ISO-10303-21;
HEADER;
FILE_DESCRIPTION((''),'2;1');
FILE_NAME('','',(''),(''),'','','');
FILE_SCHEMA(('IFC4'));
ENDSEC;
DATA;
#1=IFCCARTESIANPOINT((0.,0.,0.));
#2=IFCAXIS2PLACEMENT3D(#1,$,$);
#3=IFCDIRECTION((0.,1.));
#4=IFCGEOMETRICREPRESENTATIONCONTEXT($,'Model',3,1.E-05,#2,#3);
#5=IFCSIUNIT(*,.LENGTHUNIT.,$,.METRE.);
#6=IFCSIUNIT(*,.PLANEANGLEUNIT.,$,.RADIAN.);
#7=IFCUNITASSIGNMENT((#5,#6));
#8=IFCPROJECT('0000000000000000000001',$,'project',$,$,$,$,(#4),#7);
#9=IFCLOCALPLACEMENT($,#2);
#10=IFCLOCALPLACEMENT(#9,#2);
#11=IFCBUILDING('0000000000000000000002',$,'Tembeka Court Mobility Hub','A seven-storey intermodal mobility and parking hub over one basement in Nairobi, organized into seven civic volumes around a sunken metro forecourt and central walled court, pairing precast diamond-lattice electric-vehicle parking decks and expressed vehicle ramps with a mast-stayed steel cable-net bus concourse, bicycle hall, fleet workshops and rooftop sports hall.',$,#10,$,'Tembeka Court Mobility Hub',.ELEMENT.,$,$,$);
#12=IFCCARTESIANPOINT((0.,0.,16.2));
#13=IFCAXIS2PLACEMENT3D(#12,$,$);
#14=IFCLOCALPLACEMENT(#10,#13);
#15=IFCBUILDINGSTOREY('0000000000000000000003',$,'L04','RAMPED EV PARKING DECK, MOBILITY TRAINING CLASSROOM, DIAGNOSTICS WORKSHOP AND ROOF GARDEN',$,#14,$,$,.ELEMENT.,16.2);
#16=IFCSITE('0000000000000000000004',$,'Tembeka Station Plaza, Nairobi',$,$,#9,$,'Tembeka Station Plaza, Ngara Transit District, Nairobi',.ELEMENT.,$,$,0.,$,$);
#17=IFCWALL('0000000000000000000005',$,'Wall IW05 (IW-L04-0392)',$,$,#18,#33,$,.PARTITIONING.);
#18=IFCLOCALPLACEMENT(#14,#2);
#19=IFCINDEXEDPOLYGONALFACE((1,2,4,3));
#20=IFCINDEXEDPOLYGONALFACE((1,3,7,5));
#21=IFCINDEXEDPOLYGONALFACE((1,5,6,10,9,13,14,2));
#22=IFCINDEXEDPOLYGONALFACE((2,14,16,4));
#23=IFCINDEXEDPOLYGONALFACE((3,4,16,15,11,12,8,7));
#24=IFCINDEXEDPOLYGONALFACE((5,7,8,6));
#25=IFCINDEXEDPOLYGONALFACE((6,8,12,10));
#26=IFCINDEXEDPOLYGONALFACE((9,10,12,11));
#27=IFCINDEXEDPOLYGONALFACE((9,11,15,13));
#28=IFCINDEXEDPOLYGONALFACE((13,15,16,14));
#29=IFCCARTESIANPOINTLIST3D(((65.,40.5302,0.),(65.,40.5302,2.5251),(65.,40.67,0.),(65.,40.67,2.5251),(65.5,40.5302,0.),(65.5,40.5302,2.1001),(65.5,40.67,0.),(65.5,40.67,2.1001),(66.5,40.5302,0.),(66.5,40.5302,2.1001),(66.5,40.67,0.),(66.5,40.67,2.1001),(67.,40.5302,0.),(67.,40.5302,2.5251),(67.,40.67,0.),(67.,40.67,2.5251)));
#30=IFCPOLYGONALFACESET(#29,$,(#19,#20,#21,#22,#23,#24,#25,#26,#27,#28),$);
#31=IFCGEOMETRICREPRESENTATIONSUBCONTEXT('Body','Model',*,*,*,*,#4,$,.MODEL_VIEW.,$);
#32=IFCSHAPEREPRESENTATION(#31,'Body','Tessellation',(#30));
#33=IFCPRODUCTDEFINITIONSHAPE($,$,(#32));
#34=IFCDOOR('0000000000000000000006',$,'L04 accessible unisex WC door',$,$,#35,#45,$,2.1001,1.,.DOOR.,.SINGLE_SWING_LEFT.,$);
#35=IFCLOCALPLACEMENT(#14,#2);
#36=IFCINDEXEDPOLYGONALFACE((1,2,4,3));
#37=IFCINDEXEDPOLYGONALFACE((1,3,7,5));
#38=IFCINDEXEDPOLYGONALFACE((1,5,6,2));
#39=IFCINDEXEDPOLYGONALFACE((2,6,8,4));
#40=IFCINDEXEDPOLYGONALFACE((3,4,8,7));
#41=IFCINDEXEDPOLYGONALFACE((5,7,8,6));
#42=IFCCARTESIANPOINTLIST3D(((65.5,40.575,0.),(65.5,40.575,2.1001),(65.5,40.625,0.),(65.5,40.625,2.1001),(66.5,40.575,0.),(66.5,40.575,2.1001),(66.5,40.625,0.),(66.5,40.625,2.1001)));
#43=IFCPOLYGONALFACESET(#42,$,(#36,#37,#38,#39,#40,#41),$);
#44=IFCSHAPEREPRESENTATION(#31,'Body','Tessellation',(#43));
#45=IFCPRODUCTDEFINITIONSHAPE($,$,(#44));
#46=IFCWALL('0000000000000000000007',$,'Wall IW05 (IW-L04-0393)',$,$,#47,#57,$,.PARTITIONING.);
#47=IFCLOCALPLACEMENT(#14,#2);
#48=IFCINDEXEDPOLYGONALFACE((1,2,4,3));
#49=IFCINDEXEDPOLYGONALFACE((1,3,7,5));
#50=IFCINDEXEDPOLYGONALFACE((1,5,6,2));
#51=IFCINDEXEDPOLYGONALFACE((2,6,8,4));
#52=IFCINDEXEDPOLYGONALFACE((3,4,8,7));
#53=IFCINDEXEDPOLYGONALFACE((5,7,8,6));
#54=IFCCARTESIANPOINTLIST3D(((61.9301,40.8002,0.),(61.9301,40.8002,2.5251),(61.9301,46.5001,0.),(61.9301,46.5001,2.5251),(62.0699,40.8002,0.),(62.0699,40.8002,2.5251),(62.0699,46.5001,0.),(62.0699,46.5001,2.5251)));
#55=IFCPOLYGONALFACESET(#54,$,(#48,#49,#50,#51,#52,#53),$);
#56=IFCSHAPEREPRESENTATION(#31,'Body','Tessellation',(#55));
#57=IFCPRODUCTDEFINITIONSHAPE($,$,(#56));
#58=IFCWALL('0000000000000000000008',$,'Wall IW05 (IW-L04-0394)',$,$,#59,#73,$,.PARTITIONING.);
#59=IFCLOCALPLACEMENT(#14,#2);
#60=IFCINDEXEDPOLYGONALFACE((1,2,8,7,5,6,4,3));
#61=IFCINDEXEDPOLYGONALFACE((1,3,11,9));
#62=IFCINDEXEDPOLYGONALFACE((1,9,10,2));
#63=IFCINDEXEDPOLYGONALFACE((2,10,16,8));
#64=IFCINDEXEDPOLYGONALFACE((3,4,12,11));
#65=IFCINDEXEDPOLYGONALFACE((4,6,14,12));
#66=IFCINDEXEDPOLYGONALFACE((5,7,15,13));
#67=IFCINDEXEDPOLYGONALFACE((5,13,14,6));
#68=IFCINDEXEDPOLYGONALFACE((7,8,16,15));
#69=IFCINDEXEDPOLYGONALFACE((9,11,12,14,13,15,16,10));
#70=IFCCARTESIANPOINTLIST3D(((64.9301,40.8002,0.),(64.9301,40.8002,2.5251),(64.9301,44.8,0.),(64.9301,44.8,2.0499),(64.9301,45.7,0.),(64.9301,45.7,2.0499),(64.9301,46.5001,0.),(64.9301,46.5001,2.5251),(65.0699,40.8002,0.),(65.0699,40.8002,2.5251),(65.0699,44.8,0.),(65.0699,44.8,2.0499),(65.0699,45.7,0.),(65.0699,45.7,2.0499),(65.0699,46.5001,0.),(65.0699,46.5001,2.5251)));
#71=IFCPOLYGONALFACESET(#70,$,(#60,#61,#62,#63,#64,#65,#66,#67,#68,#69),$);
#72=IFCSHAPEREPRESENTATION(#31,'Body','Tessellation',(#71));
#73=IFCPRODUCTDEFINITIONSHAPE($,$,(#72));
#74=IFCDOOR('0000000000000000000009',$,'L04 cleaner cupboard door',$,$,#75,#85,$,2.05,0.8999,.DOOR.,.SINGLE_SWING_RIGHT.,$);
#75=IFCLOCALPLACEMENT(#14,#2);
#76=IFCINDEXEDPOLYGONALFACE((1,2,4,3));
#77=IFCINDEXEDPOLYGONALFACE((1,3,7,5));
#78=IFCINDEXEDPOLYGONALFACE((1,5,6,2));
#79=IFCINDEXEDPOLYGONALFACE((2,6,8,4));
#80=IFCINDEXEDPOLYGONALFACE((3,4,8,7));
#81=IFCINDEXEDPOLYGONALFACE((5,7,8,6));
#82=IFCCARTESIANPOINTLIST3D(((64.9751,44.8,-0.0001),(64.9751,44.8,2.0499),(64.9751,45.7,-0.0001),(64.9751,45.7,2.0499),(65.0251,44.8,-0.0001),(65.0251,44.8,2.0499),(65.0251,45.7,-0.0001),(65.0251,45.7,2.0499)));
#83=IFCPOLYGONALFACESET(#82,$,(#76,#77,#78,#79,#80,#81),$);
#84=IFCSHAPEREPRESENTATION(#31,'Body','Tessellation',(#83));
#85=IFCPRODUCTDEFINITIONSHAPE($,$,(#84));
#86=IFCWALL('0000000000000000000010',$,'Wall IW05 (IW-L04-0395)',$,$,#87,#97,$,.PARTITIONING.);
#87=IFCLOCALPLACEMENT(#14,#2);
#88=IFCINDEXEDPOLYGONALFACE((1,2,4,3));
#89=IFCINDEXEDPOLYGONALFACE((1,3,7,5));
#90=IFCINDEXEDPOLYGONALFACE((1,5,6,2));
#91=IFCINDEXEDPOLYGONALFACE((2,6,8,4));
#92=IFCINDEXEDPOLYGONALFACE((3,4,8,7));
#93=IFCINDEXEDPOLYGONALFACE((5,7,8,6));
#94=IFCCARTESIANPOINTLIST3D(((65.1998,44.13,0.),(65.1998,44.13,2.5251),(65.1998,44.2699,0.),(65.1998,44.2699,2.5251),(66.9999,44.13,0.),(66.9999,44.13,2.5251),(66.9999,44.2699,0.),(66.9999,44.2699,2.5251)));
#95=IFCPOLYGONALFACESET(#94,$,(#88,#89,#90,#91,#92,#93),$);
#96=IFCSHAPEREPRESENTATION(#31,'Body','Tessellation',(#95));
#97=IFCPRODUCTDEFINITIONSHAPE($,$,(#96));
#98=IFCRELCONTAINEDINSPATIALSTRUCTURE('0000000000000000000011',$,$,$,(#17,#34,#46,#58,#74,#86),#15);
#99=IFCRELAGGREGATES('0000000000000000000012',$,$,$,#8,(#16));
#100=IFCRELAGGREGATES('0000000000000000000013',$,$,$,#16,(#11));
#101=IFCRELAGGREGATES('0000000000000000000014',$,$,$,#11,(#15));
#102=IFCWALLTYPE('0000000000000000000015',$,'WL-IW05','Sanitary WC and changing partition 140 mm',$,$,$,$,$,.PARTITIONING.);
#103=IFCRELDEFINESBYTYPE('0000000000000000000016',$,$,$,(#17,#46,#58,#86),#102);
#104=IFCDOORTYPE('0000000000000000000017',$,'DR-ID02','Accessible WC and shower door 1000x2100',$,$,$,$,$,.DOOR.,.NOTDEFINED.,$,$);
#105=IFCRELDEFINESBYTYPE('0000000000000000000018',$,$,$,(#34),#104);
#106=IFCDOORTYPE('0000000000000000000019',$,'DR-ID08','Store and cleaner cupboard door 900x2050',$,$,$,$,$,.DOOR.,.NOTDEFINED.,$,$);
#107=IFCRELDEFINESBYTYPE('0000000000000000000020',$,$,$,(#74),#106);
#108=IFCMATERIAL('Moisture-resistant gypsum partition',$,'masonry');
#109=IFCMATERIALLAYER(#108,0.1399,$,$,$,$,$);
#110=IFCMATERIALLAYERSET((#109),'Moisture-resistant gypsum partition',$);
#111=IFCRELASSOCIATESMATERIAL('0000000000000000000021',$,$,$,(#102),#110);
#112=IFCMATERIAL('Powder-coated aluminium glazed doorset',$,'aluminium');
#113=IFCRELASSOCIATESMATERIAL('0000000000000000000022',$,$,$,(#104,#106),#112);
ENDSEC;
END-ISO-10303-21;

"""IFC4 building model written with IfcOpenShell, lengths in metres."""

from ifc_helpers import new_model, si_unit, direction, frame, frame_2d, origin, place, context, subcontext, project, spatial, rectangle, extrude, material, layer, layer_set, type_object, element, fill, save


model = new_model("IFC4")

# Units and contexts
model_context = context("Model", 3, precision=1e-05, world=origin(), true_north=direction((0.0, 1.0)))
body_context = subcontext(model_context, "Body", "Model", "MODEL_VIEW")
ifc_project = project(units=[si_unit("LENGTHUNIT", "METRE"), si_unit("PLANEANGLEUNIT", "RADIAN")], contexts=[model_context])

# Site, building, storey
site_placement = place(None, origin())
site = spatial("IfcSite", under=ifc_project, at=site_placement, Name="Tembeka Station Plaza, Nairobi", LongName="Tembeka Station Plaza, Ngara Transit District, Nairobi", CompositionType="ELEMENT", RefElevation=0.0)
building_placement = place(site_placement, origin())
building = spatial("IfcBuilding", under=site, at=building_placement, Name="Tembeka Court Mobility Hub", Description="A seven-storey intermodal mobility and parking hub over one basement in Nairobi, organized into seven civic volumes around a sunken metro forecourt and central walled court, pairing precast diamond-lattice electric-vehicle parking decks and expressed vehicle ramps with a mast-stayed steel cable-net bus concourse, bicycle hall, fleet workshops and rooftop sports hall.", LongName="Tembeka Court Mobility Hub", CompositionType="ELEMENT")
storey_placement = place(building_placement, frame((0.0, 0.0, 16.2)))
storey = spatial("IfcBuildingStorey", under=building, at=storey_placement, Name="L04", Description="RAMPED EV PARKING DECK, MOBILITY TRAINING CLASSROOM, DIAGNOSTICS WORKSHOP AND ROOF GARDEN", CompositionType="ELEMENT", Elevation=16.2)

# Wall, opening, door
ifc_material_1 = material(Name="Moisture-resistant gypsum partition", Category="masonry")
ifc_layer_1 = layer(ifc_material_1, 0.1399)
ifc_layer_set_1 = layer_set([ifc_layer_1], Name="Moisture-resistant gypsum partition")
wall_type_1 = type_object("IfcWallType", Name="WL-IW05", Description="Sanitary WC and changing partition 140 mm", PredefinedType="PARTITIONING", material=ifc_layer_set_1)
ifc_material_2 = material(Name="Powder-coated aluminium glazed doorset", Category="aluminium")
door_type_1 = type_object("IfcDoorType", Name="DR-ID02", Description="Accessible WC and shower door 1000x2100", OperationType="NOTDEFINED", PredefinedType="DOOR", material=ifc_material_2)
wall_1_placement = place(storey_placement, frame((65.0, 40.6001, 0.0), z_axis=(0.0, 0.0, 1.0), x_axis=(1.0, 0.0, 0.0)))
wall_1 = element("IfcWall", 1, at=wall_1_placement, inside=storey, type_object=wall_type_1, Name="Wall IW05 (IW-L04-0392)", PredefinedType="PARTITIONING", context=body_context, shape_type="SweptSolid", body=[
    extrude(rectangle(XDim=2.0, YDim=0.1399, at=frame_2d((1.0, 0.0))), origin(), (0.0, 0.0, 1.0), 2.5251),
])
opening_1_placement = place(wall_1_placement, frame((0.5, 0.0, 0.0)))
opening_1 = element("IfcOpeningElement", 2, at=opening_1_placement, cuts=wall_1, PredefinedType="OPENING", context=body_context, shape_type="SweptSolid", body=[
    extrude(rectangle(XDim=1.0, YDim=2.1001, at=frame_2d((0.5, 1.05))), frame((0.0, 0.0801, 0.0), z_axis=(0.0, -1.0, 0.0), x_axis=(1.0, 0.0, 0.0)), (0.0, 0.0, 1.0), 0.1599),
])
door_1_placement = place(opening_1_placement, origin())
door_1 = element("IfcDoor", 3, at=door_1_placement, inside=storey, type_object=door_type_1, Name="L04 accessible unisex WC door", OperationType="SINGLE_SWING_LEFT", OverallHeight=2.1001, OverallWidth=1.0, PredefinedType="DOOR", context=body_context, shape_type="SweptSolid", body=[
    extrude(rectangle(XDim=1.0, YDim=2.1001, at=frame_2d((0.5, 1.05))), frame((0.0, 0.0249, 0.0), z_axis=(0.0, -1.0, 0.0), x_axis=(1.0, 0.0, 0.0)), (0.0, 0.0, 1.0), 0.05),
])
fill(opening_1, door_1)

# Wall
wall_2_placement = place(storey_placement, frame((62.0, 40.8, 0.0), z_axis=(0.0, 0.0, 1.0), x_axis=(0.0, 1.0, 0.0)))
element("IfcWall", 4, at=wall_2_placement, inside=storey, type_object=wall_type_1, Name="Wall IW05 (IW-L04-0393)", PredefinedType="PARTITIONING", context=body_context, shape_type="SweptSolid", body=[
    extrude(rectangle(XDim=5.7, YDim=0.1399, at=frame_2d((2.8501, 0.0))), origin(), (0.0, 0.0, 1.0), 2.5251),
])

# Wall, opening, door
wall_3_placement = place(storey_placement, frame((65.0, 40.8, 0.0), z_axis=(0.0, 0.0, 1.0), x_axis=(0.0, 1.0, 0.0)))
wall_3 = element("IfcWall", 5, at=wall_3_placement, inside=storey, type_object=wall_type_1, Name="Wall IW05 (IW-L04-0394)", PredefinedType="PARTITIONING", context=body_context, shape_type="SweptSolid", body=[
    extrude(rectangle(XDim=5.7, YDim=0.1399, at=frame_2d((2.8501, 0.0))), origin(), (0.0, 0.0, 1.0), 2.5251),
])
opening_2_placement = place(wall_3_placement, frame((4.0, 0.0, 0.0)))
opening_2 = element("IfcOpeningElement", 6, at=opening_2_placement, cuts=wall_3, PredefinedType="OPENING", context=body_context, shape_type="SweptSolid", body=[
    extrude(rectangle(XDim=0.8999, YDim=2.05, at=frame_2d((0.45, 1.0249))), frame((0.0, 0.0801, 0.0), z_axis=(0.0, -1.0, 0.0), x_axis=(1.0, 0.0, 0.0)), (0.0, 0.0, 1.0), 0.1599),
])
door_type_2 = type_object("IfcDoorType", Name="DR-ID08", Description="Store and cleaner cupboard door 900x2050", OperationType="NOTDEFINED", PredefinedType="DOOR", material=ifc_material_2)
door_2_placement = place(opening_2_placement, origin())
door_2 = element("IfcDoor", 7, at=door_2_placement, inside=storey, type_object=door_type_2, Name="L04 cleaner cupboard door", OperationType="SINGLE_SWING_RIGHT", OverallHeight=2.05, OverallWidth=0.8999, PredefinedType="DOOR", context=body_context, shape_type="SweptSolid", body=[
    extrude(rectangle(XDim=0.8999, YDim=2.05, at=frame_2d((0.45, 1.0249))), frame((0.0, 0.0249, 0.0), z_axis=(0.0, -1.0, 0.0), x_axis=(1.0, 0.0, 0.0)), (0.0, 0.0, 1.0), 0.05),
])
fill(opening_2, door_2)

# Wall
wall_4_placement = place(storey_placement, frame((65.2, 44.2, 0.0), z_axis=(0.0, 0.0, 1.0), x_axis=(1.0, 0.0, 0.0)))
element("IfcWall", 8, at=wall_4_placement, inside=storey, type_object=wall_type_1, Name="Wall IW05 (IW-L04-0395)", PredefinedType="PARTITIONING", context=body_context, shape_type="SweptSolid", body=[
    extrude(rectangle(XDim=1.8, YDim=0.1399, at=frame_2d((0.8999, 0.0))), origin(), (0.0, 0.0, 1.0), 2.5251),
])

save(model, "model.ifc")
